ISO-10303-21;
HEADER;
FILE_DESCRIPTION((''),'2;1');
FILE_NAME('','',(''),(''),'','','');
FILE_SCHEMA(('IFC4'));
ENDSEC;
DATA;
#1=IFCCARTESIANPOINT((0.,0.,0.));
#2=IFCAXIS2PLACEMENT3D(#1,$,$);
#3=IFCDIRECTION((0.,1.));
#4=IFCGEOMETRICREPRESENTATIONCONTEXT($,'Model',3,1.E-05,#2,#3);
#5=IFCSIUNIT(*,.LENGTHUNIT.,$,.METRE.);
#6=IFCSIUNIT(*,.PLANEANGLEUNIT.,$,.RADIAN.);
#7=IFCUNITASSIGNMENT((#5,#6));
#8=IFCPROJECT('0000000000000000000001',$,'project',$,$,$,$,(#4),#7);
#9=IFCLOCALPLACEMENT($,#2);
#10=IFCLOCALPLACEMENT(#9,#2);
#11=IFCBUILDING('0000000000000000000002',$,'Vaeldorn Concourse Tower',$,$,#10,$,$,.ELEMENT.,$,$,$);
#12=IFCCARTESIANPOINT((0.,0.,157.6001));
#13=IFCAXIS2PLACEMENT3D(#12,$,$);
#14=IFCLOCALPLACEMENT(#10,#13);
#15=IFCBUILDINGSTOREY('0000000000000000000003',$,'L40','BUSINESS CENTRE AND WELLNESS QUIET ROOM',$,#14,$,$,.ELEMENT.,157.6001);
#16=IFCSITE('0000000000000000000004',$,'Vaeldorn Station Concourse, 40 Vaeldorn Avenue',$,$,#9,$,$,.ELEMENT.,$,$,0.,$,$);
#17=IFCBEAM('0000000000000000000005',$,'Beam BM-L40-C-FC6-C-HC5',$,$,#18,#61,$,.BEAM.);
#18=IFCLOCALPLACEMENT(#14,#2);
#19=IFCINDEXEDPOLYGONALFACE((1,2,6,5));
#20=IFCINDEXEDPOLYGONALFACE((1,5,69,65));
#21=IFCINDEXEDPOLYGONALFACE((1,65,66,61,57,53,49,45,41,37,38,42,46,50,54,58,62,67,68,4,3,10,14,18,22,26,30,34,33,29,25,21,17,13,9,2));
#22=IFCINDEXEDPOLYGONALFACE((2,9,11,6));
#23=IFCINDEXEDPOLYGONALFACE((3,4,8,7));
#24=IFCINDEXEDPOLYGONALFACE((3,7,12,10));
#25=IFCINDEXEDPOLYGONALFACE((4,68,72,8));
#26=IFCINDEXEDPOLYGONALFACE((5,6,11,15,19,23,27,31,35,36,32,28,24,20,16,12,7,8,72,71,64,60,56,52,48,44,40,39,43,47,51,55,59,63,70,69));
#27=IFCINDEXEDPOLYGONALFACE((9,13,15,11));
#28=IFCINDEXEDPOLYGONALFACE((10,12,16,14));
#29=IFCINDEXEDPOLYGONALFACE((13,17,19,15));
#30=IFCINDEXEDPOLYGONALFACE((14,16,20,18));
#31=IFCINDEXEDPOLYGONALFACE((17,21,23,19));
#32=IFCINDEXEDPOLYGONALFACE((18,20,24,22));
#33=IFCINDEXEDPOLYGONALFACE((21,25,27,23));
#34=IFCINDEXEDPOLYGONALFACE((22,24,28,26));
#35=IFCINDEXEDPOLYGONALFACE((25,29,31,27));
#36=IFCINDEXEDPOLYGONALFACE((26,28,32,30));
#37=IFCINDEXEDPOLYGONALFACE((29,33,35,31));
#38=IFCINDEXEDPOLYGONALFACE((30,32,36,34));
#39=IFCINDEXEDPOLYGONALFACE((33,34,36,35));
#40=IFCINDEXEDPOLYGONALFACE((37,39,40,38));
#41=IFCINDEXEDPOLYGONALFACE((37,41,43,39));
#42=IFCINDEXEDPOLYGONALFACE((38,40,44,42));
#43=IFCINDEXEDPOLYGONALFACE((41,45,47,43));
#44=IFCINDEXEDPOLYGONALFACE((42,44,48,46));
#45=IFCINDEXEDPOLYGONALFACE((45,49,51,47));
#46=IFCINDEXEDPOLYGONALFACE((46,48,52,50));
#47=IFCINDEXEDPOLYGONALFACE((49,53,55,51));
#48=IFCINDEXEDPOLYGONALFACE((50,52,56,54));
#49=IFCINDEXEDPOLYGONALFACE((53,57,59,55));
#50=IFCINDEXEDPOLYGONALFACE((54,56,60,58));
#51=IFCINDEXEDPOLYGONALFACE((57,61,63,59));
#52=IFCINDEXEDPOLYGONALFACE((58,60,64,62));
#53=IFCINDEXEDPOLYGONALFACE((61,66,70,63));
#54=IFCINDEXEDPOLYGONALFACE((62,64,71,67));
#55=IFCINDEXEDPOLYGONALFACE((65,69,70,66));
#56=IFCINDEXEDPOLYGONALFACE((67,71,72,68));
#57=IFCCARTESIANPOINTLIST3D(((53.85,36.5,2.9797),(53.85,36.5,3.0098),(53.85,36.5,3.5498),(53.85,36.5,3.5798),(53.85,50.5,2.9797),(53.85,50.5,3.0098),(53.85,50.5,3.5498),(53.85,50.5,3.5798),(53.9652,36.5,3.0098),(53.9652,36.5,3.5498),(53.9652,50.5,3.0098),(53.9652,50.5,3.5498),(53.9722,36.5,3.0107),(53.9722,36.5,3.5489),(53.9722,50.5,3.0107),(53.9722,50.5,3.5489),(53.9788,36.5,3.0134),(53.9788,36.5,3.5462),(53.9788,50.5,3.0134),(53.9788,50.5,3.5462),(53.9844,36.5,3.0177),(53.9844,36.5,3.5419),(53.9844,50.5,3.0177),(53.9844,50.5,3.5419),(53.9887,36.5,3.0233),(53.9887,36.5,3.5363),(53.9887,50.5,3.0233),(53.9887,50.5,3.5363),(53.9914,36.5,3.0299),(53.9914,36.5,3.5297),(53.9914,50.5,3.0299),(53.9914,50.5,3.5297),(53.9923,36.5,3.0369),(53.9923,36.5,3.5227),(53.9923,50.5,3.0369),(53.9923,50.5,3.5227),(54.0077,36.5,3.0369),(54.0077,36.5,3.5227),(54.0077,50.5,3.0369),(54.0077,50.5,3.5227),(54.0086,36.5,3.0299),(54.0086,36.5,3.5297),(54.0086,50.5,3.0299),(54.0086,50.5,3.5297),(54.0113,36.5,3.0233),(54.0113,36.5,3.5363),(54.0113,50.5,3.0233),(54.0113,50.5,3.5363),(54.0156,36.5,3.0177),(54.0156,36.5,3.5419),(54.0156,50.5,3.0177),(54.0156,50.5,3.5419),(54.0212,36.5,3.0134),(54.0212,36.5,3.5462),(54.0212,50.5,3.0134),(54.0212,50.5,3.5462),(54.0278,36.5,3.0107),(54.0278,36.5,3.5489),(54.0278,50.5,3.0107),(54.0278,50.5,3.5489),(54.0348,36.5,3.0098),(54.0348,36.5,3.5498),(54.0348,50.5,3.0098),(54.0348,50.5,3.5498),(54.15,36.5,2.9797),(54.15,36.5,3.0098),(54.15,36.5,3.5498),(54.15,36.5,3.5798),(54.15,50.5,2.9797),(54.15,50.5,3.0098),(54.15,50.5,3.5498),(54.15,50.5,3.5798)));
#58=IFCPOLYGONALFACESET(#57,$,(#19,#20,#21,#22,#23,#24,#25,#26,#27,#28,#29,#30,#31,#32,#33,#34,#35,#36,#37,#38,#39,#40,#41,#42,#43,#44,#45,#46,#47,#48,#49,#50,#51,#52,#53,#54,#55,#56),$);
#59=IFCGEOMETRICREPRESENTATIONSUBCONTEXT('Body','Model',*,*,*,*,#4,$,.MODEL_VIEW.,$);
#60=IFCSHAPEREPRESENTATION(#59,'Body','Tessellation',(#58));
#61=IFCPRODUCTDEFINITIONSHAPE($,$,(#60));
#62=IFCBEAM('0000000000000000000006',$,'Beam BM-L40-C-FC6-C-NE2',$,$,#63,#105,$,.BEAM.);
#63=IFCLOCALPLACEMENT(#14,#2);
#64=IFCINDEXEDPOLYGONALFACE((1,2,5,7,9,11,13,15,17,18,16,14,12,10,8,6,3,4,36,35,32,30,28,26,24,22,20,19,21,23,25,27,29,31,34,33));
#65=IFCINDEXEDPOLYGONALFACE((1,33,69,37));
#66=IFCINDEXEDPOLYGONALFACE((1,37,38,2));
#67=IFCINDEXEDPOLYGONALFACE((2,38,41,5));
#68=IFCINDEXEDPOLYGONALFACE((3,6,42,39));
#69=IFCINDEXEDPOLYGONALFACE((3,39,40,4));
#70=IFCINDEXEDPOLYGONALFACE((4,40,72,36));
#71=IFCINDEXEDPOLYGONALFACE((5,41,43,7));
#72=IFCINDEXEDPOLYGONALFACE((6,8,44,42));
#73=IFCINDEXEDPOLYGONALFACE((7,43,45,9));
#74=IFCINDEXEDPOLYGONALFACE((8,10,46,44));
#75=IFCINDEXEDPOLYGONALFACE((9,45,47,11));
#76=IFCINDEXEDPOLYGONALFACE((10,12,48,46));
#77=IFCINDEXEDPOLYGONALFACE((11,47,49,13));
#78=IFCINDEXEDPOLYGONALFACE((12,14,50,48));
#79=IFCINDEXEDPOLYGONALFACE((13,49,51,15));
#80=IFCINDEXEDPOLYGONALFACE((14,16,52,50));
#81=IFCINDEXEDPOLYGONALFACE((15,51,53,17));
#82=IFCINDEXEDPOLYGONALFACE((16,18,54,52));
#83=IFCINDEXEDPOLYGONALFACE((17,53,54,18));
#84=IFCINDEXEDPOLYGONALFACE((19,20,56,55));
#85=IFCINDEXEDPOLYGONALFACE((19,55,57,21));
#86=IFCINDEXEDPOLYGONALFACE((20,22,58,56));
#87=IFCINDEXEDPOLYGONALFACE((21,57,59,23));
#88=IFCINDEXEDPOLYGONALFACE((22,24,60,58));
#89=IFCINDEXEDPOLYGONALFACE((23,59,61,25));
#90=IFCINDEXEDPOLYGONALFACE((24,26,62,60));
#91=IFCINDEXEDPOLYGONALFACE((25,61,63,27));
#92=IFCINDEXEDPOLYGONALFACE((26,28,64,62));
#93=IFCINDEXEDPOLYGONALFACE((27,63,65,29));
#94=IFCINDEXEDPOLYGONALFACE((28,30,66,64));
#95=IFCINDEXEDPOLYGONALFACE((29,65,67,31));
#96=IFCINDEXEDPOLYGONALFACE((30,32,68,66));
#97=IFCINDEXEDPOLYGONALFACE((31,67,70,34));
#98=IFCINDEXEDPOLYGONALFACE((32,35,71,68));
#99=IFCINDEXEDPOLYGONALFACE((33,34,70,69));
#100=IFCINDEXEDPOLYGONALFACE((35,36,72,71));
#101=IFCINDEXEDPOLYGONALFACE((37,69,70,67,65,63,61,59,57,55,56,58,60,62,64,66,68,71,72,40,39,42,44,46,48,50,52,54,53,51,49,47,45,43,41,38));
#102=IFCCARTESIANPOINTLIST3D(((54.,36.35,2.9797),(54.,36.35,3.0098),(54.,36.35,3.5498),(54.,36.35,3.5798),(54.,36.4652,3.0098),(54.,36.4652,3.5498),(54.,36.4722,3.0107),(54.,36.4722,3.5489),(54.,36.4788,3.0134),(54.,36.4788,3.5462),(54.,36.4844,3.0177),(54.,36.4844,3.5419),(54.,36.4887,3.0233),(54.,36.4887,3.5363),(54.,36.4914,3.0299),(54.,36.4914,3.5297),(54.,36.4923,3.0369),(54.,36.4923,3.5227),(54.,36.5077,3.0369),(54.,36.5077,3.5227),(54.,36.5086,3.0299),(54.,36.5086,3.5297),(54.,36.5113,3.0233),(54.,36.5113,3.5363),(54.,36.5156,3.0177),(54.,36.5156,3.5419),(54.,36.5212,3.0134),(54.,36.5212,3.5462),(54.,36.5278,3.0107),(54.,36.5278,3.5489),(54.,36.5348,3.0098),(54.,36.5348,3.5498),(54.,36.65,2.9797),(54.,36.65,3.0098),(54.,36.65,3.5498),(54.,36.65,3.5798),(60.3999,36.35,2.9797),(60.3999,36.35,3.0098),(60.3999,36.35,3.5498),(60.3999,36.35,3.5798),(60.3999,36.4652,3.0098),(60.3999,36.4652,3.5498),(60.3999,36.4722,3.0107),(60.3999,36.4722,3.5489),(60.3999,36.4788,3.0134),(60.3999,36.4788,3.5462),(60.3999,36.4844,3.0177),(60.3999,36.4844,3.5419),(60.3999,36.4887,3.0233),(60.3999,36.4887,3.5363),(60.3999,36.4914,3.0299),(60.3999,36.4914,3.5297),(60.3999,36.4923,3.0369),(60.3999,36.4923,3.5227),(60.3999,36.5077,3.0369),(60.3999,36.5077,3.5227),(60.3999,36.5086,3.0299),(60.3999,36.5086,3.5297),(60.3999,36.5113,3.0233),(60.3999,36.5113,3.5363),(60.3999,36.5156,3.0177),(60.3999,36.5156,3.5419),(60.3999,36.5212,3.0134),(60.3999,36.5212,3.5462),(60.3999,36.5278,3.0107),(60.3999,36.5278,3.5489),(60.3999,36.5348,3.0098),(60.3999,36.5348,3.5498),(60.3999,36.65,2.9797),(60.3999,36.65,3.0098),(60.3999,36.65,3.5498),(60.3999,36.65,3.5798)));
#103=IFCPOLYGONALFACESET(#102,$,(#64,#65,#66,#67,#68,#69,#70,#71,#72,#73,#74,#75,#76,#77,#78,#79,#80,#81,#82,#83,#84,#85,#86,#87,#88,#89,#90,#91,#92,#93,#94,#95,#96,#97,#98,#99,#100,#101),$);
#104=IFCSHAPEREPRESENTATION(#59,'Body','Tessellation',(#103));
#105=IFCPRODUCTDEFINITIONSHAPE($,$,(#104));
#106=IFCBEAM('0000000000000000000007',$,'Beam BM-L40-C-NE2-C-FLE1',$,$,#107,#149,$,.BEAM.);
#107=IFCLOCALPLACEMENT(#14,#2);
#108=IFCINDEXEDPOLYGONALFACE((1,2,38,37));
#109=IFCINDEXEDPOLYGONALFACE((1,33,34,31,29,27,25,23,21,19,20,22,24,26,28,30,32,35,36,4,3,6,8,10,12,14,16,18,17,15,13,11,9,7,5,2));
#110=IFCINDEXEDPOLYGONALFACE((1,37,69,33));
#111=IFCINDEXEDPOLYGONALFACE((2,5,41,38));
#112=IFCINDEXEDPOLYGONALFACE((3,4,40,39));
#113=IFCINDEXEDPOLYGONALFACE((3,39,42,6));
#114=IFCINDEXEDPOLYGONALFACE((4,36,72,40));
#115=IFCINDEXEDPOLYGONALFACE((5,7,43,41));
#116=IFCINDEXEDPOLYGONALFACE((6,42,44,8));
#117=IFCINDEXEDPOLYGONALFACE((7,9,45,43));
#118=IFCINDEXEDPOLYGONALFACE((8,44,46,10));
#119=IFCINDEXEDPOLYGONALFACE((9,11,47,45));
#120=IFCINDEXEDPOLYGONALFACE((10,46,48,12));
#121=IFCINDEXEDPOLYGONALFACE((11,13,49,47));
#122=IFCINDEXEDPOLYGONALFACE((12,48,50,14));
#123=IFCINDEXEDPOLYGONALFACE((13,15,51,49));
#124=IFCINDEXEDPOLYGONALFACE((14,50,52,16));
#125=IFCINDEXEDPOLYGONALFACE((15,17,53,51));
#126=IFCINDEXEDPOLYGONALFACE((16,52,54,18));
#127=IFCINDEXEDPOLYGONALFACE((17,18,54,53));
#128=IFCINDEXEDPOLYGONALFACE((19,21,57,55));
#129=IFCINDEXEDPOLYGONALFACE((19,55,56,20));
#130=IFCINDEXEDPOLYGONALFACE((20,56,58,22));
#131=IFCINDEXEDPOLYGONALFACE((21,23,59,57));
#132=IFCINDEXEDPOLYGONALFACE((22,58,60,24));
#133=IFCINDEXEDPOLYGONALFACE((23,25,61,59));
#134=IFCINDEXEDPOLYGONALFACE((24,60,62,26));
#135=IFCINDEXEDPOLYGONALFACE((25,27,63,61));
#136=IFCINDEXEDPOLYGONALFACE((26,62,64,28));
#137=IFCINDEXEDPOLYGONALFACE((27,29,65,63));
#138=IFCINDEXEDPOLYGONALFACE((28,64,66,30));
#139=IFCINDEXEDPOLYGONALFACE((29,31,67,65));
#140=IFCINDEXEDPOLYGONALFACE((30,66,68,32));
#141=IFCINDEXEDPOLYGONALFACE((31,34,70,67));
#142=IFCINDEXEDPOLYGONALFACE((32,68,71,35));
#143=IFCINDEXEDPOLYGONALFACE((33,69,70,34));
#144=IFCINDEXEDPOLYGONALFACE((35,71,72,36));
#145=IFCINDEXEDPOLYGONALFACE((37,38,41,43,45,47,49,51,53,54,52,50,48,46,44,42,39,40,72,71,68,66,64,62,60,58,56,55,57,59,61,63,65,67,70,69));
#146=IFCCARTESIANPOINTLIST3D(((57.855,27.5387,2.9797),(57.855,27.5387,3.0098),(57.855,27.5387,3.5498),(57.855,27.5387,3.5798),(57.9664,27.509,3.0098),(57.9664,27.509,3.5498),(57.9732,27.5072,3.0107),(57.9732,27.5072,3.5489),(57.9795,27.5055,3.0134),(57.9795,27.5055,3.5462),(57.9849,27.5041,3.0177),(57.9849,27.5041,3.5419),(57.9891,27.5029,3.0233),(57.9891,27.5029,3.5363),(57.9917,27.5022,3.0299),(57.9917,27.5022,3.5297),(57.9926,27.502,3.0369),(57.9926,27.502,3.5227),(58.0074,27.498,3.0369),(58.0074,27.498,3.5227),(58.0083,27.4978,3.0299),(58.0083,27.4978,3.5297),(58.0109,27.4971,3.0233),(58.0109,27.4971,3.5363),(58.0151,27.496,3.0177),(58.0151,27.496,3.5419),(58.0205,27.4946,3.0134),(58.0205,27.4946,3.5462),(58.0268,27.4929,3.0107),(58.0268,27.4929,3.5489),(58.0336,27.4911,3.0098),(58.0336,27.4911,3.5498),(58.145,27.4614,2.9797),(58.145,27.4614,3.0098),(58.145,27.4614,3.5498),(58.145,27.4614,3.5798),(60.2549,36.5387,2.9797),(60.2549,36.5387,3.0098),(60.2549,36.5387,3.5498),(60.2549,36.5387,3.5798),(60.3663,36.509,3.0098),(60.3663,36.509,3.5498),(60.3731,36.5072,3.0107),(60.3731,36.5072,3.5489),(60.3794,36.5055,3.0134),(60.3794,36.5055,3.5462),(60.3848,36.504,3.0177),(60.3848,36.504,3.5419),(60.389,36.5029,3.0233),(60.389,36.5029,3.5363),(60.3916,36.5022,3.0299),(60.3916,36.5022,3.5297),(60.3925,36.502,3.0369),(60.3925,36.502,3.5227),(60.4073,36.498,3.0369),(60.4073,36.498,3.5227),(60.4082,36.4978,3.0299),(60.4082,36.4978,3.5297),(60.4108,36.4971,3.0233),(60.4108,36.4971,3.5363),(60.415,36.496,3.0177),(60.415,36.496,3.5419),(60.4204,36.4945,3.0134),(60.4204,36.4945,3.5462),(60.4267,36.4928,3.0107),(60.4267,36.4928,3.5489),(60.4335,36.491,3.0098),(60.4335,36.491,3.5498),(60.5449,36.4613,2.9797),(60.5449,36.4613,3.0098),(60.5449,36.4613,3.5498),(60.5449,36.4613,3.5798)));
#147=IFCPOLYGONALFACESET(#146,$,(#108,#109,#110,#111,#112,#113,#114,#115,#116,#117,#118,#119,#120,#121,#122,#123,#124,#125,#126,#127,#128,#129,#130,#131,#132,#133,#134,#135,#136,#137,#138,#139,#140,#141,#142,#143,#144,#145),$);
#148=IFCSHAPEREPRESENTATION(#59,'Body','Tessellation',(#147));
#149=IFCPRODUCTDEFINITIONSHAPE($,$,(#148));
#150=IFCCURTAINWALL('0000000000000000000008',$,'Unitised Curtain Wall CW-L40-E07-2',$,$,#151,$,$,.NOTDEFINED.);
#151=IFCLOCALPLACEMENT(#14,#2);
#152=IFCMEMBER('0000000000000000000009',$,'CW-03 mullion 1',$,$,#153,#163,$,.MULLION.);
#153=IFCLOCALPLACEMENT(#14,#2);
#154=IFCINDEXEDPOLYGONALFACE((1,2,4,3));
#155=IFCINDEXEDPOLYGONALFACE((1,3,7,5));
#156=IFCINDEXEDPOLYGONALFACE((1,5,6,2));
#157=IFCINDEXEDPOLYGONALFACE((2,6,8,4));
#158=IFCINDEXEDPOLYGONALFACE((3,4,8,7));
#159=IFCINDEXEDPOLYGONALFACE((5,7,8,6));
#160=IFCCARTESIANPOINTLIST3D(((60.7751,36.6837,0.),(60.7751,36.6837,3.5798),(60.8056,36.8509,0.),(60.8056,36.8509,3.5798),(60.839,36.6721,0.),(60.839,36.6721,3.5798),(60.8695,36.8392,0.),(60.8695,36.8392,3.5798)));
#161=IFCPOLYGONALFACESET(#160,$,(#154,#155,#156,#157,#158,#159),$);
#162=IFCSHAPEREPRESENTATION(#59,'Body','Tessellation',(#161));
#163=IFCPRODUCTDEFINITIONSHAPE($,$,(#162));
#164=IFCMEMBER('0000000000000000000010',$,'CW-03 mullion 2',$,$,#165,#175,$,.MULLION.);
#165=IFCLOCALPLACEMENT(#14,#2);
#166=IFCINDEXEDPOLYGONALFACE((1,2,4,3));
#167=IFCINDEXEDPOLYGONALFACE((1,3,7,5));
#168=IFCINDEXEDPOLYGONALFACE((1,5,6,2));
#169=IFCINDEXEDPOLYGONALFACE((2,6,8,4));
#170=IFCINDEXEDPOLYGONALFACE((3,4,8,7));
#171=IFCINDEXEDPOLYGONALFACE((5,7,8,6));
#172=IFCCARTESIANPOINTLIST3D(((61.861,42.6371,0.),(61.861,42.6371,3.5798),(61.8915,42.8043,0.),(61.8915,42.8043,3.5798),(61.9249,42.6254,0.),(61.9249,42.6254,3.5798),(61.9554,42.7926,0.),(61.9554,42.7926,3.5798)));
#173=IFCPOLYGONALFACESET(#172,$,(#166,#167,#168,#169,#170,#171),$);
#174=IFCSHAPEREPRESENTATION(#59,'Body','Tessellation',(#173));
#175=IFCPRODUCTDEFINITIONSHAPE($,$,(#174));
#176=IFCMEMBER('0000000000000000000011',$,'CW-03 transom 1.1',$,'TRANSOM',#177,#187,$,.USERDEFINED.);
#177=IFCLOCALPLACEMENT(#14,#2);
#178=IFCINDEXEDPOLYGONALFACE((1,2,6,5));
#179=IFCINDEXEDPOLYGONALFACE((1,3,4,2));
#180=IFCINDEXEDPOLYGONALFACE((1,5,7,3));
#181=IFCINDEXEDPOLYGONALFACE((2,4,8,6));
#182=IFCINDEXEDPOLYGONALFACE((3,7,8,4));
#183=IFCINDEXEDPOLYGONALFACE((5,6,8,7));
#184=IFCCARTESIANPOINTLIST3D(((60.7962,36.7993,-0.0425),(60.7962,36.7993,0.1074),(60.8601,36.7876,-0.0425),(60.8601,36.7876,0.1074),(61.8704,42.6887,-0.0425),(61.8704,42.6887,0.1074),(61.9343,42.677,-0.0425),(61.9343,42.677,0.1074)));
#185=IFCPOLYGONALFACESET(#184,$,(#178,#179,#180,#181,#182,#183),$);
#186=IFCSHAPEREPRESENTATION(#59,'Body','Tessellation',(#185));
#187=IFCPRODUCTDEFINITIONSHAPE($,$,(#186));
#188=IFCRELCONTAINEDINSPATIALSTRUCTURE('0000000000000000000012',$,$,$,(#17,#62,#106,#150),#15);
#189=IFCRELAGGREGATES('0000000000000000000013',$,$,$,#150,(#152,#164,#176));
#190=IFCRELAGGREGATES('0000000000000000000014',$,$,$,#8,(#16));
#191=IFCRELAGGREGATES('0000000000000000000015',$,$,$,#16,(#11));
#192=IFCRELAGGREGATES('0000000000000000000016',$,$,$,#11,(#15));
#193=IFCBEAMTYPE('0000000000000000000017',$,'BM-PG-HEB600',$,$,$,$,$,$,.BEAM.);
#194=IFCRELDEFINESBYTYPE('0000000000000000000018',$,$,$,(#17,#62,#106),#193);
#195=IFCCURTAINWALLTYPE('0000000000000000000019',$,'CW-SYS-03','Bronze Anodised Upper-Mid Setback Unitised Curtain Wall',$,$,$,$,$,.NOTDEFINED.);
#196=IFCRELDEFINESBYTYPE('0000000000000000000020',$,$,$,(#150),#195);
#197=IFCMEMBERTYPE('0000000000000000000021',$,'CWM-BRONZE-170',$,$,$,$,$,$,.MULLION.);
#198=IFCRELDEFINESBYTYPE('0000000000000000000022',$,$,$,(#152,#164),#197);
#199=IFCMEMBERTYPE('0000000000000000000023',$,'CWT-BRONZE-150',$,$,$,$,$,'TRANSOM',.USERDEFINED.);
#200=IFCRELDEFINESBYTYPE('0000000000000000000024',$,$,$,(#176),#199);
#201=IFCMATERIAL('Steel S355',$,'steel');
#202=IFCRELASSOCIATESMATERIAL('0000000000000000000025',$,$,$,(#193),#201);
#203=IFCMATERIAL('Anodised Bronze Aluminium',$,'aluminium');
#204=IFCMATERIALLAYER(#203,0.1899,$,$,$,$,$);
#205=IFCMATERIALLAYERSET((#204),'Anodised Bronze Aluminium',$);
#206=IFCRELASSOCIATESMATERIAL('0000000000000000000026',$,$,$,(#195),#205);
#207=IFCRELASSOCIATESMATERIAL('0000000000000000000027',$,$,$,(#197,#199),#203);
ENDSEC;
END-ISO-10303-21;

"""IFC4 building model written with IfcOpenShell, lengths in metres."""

from ifc_helpers import new_model, si_unit, direction, frame, origin, origin_2d, place, context, subcontext, project, spatial, rectangle, i_section, extrude, source, transform, mapped, material, layer, layer_set, material_profile, profile_set, type_object, element, aggregate, save


model = new_model("IFC4")

# Units and contexts
model_context = context("Model", 3, precision=1e-05, world=origin(), true_north=direction((0.0, 1.0)))
body_context = subcontext(model_context, "Body", "Model", "MODEL_VIEW")
ifc_project = project(units=[si_unit("LENGTHUNIT", "METRE"), si_unit("PLANEANGLEUNIT", "RADIAN")], contexts=[model_context])

# Site, building, storey
site_placement = place(None, origin())
site = spatial("IfcSite", under=ifc_project, at=site_placement, Name="Vaeldorn Station Concourse, 40 Vaeldorn Avenue", CompositionType="ELEMENT", RefElevation=0.0)
building_placement = place(site_placement, origin())
building = spatial("IfcBuilding", under=site, at=building_placement, Name="Vaeldorn Concourse Tower", CompositionType="ELEMENT")
storey_placement = place(building_placement, frame((0.0, 0.0, 157.6001)))
storey = spatial("IfcBuildingStorey", under=building, at=storey_placement, Name="L40", Description="BUSINESS CENTRE AND WELLNESS QUIET ROOM", CompositionType="ELEMENT", Elevation=157.6001)

# Beams
ifc_material_1 = material(Name="Steel S355", Category="steel")
ifc_material_profile_1 = material_profile(ifc_material_1, i_section(OverallWidth=0.3, OverallDepth=0.6001, WebThickness=0.0154, FlangeThickness=0.03, FilletRadius=0.0271, at=origin_2d()), Name="HEB 600")
ifc_profile_set_1 = profile_set([ifc_material_profile_1], Name="Steel S355")
beam_type_1 = type_object("IfcBeamType", Name="BM-PG-HEB600", PredefinedType="BEAM", material=ifc_profile_set_1)
shared_shape_1 = source(origin(), body_context, "Body", "SweptSolid", [
    extrude(i_section(OverallWidth=0.3, OverallDepth=0.6001, WebThickness=0.0154, FlangeThickness=0.03, FilletRadius=0.0271, at=origin_2d()), origin(), (0.0, 0.0, 1.0), 14.0),
])
beam_1_placement = place(storey_placement, frame((54.0, 36.5, 3.2798), z_axis=(0.0, 1.0, 0.0), x_axis=(-1.0, 0.0, 0.0)))
element("IfcBeam", 1, at=beam_1_placement, inside=storey, type_object=beam_type_1, Name="Beam BM-L40-C-FC6-C-HC5", PredefinedType="BEAM", context=body_context, shape_type="MappedRepresentation", body=[
    mapped(shared_shape_1, transform((0.0, 0.0, 0.0), scale=1.0)),
])
shared_shape_2 = source(origin(), body_context, "Body", "SweptSolid", [
    extrude(i_section(OverallWidth=0.3, OverallDepth=0.6001, WebThickness=0.0154, FlangeThickness=0.03, FilletRadius=0.0271, at=origin_2d()), origin(), (0.0, 0.0, 1.0), 6.3999),
])
beam_2_placement = place(storey_placement, frame((54.0, 36.5, 3.2798), z_axis=(1.0, 0.0, 0.0), x_axis=(0.0, 1.0, 0.0)))
element("IfcBeam", 2, at=beam_2_placement, inside=storey, type_object=beam_type_1, Name="Beam BM-L40-C-FC6-C-NE2", PredefinedType="BEAM", context=body_context, shape_type="MappedRepresentation", body=[
    mapped(shared_shape_2, transform((0.0, 0.0, 0.0), scale=1.0)),
])
shared_shape_3 = source(origin(), body_context, "Body", "SweptSolid", [
    extrude(i_section(OverallWidth=0.3, OverallDepth=0.6001, WebThickness=0.0154, FlangeThickness=0.03, FilletRadius=0.0271, at=origin_2d()), origin(), (0.0, 0.0, 1.0), 9.3145),
])
beam_3_placement = place(storey_placement, frame((60.3999, 36.5, 3.2798), z_axis=(-0.257653, -0.966238, 0.0), x_axis=(0.966238, -0.257653, 0.0)))
element("IfcBeam", 3, at=beam_3_placement, inside=storey, type_object=beam_type_1, Name="Beam BM-L40-C-NE2-C-FLE1", PredefinedType="BEAM", context=body_context, shape_type="MappedRepresentation", body=[
    mapped(shared_shape_3, transform((0.0, 0.0, 0.0), scale=1.0)),
])

# Curtain wall, members
ifc_material_2 = material(Name="Anodised Bronze Aluminium", Category="aluminium")
ifc_layer_1 = layer(ifc_material_2, 0.1899)
ifc_layer_set_1 = layer_set([ifc_layer_1], Name="Anodised Bronze Aluminium")
curtain_wall_type = type_object("IfcCurtainWallType", Name="CW-SYS-03", Description="Bronze Anodised Upper-Mid Setback Unitised Curtain Wall", PredefinedType="NOTDEFINED", material=ifc_layer_set_1)
curtain_wall_placement = place(storey_placement, origin())
curtain_wall = element("IfcCurtainWall", 4, at=curtain_wall_placement, inside=storey, type_object=curtain_wall_type, Name="Unitised Curtain Wall CW-L40-E07-2", PredefinedType="NOTDEFINED")
ifc_material_profile_2 = material_profile(ifc_material_2, rectangle(XDim=0.0649, YDim=0.1699, at=origin_2d()), Name="CWM 65x170")
ifc_profile_set_2 = profile_set([ifc_material_profile_2], Name="Anodised Bronze Aluminium")
member_type_1 = type_object("IfcMemberType", Name="CWM-BRONZE-170", PredefinedType="MULLION", material=ifc_profile_set_2)
shared_shape_4 = source(origin(), body_context, "Body", "SweptSolid", [
    extrude(rectangle(XDim=0.0649, YDim=0.1699, at=origin_2d()), origin(), (0.0, 0.0, 1.0), 3.5798),
])
member_1_placement = place(storey_placement, frame((60.8223, 36.7615, 0.0), z_axis=(0.0, 0.0, 1.0), x_axis=(-0.983768, 0.179447, 0.0)))
member_1 = element("IfcMember", 5, at=member_1_placement, type_object=member_type_1, Name="CW-03 mullion 1", PredefinedType="MULLION", context=body_context, shape_type="MappedRepresentation", body=[
    mapped(shared_shape_4, transform((0.0, 0.0, 0.0), scale=1.0)),
])
member_2_placement = place(storey_placement, frame((61.9082, 42.7148, 0.0), z_axis=(0.0, 0.0, 1.0), x_axis=(-0.983768, 0.179447, 0.0)))
member_2 = element("IfcMember", 6, at=member_2_placement, type_object=member_type_1, Name="CW-03 mullion 2", PredefinedType="MULLION", context=body_context, shape_type="MappedRepresentation", body=[
    mapped(shared_shape_4, transform((0.0, 0.0, 0.0), scale=1.0)),
])
ifc_material_profile_3 = material_profile(ifc_material_2, rectangle(XDim=0.0649, YDim=0.1499, at=origin_2d()), Name="CWT 65x150")
ifc_profile_set_3 = profile_set([ifc_material_profile_3], Name="Anodised Bronze Aluminium")
member_type_2 = type_object("IfcMemberType", Name="CWT-BRONZE-150", ElementType="TRANSOM", PredefinedType="USERDEFINED", material=ifc_profile_set_3)
shared_shape_5 = source(origin(), body_context, "Body", "SweptSolid", [
    extrude(rectangle(XDim=0.0649, YDim=0.1499, at=origin_2d()), origin(), (0.0, 0.0, 1.0), 5.9866),
])
member_3_placement = place(storey_placement, frame((60.8281, 36.7935, 0.0325), z_axis=(0.179438, 0.983769, 0.0), x_axis=(-0.983769, 0.179438, 0.0)))
member_3 = element("IfcMember", 7, at=member_3_placement, type_object=member_type_2, Name="CW-03 transom 1.1", ObjectType="TRANSOM", PredefinedType="USERDEFINED", context=body_context, shape_type="MappedRepresentation", body=[
    mapped(shared_shape_5, transform((0.0, 0.0, 0.0), scale=1.0)),
])
aggregate(curtain_wall, [member_1, member_2, member_3])

save(model, "model.ifc")
